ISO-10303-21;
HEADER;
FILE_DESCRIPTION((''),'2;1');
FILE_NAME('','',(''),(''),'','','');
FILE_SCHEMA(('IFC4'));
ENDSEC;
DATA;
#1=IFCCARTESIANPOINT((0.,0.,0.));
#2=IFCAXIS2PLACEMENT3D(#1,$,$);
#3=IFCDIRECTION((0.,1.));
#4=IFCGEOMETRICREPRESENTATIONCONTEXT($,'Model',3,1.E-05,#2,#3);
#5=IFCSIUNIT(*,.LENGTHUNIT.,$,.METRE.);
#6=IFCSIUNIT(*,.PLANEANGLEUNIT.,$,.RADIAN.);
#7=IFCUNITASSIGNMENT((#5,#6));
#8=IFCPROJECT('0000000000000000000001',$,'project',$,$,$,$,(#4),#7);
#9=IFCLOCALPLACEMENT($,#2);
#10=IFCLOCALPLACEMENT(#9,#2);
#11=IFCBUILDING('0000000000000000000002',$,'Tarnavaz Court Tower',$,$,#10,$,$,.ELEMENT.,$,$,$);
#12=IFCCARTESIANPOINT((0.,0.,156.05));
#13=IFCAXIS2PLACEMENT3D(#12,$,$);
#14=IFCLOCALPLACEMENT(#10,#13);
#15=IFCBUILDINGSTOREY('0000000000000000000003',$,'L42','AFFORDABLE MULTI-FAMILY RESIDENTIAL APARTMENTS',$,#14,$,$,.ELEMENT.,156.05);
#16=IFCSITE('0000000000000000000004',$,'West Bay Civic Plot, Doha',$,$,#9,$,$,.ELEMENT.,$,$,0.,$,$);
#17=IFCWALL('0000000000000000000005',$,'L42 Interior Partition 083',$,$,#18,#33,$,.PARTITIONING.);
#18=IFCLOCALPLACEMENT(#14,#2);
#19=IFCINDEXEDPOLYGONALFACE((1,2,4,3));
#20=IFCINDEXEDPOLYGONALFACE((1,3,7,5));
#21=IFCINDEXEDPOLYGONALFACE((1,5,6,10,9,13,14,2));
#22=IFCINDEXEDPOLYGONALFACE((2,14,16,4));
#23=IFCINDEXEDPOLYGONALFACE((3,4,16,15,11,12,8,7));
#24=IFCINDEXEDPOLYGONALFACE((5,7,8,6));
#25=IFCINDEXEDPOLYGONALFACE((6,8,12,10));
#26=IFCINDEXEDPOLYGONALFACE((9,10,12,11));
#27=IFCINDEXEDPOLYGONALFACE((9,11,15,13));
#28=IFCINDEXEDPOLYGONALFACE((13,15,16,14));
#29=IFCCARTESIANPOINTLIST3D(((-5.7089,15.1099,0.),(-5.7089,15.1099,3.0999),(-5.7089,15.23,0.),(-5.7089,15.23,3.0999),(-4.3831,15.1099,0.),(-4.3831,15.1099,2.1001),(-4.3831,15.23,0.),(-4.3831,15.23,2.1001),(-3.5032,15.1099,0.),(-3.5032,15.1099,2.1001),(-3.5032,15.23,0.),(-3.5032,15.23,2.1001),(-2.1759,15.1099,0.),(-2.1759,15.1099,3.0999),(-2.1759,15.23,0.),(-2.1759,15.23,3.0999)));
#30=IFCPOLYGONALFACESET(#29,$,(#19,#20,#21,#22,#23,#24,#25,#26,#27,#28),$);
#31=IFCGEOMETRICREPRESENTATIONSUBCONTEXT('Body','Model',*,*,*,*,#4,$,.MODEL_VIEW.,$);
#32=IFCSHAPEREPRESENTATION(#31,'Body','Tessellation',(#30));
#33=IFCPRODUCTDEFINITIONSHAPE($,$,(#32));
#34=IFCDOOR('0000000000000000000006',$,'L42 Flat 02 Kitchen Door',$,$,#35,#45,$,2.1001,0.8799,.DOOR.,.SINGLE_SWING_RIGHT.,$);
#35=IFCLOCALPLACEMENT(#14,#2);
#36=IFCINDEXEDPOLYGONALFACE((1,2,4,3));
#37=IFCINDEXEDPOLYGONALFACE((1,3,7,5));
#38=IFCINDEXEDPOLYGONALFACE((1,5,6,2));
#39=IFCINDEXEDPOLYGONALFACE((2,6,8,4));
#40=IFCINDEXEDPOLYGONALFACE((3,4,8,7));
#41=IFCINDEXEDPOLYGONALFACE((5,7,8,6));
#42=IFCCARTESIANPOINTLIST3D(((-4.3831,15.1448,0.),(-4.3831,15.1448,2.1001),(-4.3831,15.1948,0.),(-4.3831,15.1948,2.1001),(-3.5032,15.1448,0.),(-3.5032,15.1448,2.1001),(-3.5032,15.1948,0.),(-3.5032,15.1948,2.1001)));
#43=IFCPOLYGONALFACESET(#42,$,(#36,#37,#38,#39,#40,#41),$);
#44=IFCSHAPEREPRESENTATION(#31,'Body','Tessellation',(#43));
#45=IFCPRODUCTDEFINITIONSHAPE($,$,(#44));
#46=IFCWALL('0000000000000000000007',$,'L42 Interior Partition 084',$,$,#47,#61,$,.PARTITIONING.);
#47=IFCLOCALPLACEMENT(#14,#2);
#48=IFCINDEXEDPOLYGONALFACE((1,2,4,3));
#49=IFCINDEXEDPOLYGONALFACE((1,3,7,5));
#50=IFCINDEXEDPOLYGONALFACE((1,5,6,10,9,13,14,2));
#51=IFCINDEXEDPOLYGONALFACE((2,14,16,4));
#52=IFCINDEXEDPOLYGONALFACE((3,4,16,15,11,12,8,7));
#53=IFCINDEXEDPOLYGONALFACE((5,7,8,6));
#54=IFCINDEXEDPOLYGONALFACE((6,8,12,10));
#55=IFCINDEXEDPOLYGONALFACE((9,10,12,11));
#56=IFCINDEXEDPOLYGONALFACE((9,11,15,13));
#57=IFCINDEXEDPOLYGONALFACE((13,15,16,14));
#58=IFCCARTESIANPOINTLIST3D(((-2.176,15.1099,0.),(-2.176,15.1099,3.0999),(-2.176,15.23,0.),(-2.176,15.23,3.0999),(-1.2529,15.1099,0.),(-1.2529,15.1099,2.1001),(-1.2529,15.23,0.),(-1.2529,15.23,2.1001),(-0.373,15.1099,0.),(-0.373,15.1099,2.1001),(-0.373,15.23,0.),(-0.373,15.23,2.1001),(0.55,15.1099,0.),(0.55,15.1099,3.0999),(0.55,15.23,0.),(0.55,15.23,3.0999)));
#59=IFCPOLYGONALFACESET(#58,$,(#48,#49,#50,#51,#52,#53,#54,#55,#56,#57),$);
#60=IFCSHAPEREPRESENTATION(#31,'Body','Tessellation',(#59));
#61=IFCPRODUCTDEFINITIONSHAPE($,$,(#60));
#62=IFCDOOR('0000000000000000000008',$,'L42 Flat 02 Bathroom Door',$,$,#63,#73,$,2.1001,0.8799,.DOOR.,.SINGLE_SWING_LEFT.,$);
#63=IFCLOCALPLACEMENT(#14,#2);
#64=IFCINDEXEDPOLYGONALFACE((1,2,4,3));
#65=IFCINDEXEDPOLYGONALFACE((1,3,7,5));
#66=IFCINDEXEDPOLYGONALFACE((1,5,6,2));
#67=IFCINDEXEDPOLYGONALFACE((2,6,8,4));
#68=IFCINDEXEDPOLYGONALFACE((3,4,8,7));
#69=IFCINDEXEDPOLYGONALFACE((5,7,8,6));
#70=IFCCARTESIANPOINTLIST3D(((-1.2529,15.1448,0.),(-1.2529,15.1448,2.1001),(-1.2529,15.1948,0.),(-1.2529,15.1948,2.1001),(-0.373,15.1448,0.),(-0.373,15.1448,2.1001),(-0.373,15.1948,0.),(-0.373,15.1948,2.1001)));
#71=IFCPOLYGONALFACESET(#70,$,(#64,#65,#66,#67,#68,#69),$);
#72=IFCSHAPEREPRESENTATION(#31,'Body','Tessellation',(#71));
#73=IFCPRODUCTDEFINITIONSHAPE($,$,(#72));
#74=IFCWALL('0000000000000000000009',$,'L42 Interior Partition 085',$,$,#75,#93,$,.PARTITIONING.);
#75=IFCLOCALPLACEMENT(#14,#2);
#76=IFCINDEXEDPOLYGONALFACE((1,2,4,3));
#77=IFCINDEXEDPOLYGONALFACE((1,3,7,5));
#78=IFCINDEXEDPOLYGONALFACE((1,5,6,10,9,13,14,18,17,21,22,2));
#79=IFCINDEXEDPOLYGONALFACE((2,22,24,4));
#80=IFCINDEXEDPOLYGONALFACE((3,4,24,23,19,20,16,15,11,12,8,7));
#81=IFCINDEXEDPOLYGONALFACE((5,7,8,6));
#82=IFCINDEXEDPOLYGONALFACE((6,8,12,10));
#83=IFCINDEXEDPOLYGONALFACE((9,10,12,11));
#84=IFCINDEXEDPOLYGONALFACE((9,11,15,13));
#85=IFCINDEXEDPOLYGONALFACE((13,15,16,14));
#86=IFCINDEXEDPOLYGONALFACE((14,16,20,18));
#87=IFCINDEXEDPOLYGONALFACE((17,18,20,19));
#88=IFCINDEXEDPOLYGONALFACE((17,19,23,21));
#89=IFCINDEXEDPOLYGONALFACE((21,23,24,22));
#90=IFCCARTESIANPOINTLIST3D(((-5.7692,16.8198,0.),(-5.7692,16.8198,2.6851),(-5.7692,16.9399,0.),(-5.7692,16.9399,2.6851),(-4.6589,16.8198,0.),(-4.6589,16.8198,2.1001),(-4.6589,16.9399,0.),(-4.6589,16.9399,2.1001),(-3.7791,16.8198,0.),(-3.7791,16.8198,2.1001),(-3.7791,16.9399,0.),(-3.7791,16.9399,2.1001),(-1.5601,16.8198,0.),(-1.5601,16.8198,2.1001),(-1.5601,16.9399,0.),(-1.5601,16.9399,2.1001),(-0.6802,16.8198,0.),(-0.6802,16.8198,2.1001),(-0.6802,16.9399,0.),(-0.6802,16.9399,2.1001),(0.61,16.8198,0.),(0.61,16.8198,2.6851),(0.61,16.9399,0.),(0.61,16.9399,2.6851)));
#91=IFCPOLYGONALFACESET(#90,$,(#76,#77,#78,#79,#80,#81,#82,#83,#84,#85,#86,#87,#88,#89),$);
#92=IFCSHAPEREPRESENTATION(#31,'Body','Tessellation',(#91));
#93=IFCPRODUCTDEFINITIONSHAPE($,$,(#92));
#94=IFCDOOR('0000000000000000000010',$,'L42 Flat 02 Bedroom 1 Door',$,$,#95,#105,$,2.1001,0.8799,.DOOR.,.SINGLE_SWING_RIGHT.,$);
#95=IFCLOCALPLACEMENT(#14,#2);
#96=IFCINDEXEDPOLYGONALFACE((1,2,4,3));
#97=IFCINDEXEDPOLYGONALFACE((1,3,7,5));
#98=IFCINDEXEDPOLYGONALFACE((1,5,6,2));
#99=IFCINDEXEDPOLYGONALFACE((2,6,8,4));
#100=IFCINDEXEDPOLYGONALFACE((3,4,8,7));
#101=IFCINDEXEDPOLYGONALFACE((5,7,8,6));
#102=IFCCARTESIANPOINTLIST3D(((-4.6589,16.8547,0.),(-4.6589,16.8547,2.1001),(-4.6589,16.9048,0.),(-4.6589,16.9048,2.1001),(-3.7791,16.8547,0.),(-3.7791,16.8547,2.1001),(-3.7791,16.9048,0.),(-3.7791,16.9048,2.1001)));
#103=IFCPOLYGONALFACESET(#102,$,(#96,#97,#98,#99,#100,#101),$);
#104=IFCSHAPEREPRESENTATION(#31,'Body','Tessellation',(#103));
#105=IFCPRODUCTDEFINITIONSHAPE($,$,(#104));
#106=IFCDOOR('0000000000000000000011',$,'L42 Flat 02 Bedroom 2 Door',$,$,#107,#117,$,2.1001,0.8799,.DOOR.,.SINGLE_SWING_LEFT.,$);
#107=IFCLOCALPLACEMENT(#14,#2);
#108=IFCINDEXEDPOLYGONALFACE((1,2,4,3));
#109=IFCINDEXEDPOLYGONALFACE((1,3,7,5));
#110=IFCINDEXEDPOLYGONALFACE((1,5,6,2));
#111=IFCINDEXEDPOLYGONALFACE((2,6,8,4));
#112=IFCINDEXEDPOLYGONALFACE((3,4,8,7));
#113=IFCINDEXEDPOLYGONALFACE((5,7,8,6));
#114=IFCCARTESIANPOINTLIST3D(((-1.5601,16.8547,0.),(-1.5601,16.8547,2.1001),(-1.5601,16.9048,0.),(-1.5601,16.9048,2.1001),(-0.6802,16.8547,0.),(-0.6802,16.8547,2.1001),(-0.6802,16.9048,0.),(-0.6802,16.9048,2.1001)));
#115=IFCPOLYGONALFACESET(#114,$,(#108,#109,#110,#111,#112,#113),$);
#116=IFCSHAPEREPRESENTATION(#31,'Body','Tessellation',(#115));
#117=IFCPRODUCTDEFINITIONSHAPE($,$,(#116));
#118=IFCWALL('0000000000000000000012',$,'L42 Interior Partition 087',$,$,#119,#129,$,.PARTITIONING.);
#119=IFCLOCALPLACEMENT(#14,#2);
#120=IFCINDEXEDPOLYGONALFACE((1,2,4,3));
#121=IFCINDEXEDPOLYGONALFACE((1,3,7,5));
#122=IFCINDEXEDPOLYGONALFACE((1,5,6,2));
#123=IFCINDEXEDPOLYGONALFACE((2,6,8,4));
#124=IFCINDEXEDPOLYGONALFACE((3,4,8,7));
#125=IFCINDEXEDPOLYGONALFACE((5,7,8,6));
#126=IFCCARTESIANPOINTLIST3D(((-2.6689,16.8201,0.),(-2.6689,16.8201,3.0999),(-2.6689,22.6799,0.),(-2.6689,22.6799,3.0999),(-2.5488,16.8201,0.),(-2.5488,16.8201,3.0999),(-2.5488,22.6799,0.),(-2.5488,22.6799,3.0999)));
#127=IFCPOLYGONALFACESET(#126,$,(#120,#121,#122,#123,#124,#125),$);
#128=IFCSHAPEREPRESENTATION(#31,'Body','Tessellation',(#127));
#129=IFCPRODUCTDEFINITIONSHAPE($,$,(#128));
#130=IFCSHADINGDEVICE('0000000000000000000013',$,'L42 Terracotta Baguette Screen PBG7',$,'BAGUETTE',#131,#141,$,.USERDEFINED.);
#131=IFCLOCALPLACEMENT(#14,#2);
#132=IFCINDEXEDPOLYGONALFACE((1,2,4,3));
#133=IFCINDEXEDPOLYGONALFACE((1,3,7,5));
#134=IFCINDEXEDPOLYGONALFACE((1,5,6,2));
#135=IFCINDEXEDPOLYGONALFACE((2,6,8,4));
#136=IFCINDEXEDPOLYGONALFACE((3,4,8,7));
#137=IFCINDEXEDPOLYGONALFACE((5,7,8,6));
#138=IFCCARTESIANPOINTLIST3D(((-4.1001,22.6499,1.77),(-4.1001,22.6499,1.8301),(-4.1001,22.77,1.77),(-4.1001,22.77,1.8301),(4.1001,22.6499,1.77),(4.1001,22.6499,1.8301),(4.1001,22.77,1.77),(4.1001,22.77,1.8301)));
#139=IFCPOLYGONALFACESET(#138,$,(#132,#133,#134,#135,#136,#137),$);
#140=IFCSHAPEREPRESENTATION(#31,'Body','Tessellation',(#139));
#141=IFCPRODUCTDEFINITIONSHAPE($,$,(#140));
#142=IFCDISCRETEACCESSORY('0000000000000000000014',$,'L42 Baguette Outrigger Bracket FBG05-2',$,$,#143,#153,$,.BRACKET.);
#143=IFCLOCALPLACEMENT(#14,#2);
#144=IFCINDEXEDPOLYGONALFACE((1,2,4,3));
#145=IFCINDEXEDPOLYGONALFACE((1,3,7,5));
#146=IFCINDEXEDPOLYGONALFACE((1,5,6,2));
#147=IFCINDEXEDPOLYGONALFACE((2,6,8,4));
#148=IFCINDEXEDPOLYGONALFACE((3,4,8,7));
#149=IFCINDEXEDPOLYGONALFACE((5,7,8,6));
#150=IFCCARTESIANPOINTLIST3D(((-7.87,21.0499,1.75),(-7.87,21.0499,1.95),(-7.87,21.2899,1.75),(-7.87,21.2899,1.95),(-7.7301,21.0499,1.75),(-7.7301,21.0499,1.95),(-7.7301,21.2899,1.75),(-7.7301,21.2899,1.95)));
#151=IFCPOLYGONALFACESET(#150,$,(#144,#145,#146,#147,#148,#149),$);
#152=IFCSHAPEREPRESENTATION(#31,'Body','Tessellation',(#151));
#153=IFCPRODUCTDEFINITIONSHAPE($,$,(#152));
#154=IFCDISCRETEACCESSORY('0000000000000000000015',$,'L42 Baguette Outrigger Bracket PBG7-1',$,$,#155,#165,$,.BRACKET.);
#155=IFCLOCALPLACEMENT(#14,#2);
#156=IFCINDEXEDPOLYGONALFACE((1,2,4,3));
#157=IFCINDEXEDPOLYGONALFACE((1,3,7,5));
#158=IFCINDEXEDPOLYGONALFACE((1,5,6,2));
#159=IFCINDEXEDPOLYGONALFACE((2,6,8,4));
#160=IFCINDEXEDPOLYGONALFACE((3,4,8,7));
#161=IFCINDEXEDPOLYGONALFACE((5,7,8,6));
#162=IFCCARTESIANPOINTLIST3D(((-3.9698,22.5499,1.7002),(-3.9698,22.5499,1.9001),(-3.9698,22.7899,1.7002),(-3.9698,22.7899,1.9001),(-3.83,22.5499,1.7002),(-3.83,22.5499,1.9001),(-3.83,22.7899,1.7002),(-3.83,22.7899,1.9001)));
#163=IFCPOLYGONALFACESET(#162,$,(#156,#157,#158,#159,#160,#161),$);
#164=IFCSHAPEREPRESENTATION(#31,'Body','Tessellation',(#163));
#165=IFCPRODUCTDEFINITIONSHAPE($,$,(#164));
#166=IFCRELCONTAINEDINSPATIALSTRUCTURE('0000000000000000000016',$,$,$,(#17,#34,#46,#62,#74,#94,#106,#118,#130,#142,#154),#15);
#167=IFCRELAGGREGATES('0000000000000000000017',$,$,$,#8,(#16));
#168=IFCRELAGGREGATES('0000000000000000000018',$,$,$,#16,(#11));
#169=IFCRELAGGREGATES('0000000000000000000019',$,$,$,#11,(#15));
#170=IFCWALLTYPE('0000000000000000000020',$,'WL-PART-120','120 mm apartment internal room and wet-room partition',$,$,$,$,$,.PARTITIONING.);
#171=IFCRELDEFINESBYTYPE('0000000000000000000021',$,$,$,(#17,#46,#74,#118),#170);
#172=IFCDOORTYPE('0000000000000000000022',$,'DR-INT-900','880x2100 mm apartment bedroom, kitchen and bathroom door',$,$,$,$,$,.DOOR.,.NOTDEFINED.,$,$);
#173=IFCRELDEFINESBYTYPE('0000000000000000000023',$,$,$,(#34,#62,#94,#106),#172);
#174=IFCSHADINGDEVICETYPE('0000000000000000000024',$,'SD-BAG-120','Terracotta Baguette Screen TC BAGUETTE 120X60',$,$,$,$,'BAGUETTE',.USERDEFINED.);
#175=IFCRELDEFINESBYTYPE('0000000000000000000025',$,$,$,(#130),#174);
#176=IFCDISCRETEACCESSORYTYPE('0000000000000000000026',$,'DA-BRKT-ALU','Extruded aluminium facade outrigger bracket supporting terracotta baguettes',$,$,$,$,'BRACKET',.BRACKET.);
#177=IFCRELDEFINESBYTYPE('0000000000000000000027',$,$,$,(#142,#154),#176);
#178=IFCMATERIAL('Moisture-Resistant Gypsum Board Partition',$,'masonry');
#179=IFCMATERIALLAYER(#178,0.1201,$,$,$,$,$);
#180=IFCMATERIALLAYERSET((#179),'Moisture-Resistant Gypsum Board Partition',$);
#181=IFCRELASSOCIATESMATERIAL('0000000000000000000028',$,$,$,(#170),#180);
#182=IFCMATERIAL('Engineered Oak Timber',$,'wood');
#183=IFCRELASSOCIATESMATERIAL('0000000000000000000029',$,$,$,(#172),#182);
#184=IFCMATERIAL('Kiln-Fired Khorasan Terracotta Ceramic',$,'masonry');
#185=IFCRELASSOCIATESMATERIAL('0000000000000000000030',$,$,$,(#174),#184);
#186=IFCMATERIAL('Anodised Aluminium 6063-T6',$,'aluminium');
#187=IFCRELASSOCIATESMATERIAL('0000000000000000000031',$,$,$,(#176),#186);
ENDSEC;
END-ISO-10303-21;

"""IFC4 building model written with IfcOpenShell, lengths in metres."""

from ifc_helpers import new_model, si_unit, direction, frame, frame_2d, origin, origin_2d, place, context, subcontext, project, spatial, rectangle, extrude, material, layer, layer_set, material_profile, profile_set, type_object, element, fill, save


model = new_model("IFC4")

# Units and contexts
model_context = context("Model", 3, precision=1e-05, world=origin(), true_north=direction((0.0, 1.0)))
body_context = subcontext(model_context, "Body", "Model", "MODEL_VIEW")
ifc_project = project(units=[si_unit("LENGTHUNIT", "METRE"), si_unit("PLANEANGLEUNIT", "RADIAN")], contexts=[model_context])

# Site, building, storey
site_placement = place(None, origin())
site = spatial("IfcSite", under=ifc_project, at=site_placement, Name="West Bay Civic Plot, Doha", CompositionType="ELEMENT", RefElevation=0.0)
building_placement = place(site_placement, origin())
building = spatial("IfcBuilding", under=site, at=building_placement, Name="Tarnavaz Court Tower", CompositionType="ELEMENT")
storey_placement = place(building_placement, frame((0.0, 0.0, 156.05)))
storey = spatial("IfcBuildingStorey", under=building, at=storey_placement, Name="L42", Description="AFFORDABLE MULTI-FAMILY RESIDENTIAL APARTMENTS", CompositionType="ELEMENT", Elevation=156.05)

# Shared definitions
ifc_material_1 = material(Name="Anodised Aluminium 6063-T6", Category="aluminium")

# Walls, openings, doors
ifc_material_2 = material(Name="Moisture-Resistant Gypsum Board Partition", Category="masonry")
ifc_layer_1 = layer(ifc_material_2, 0.1201)
ifc_layer_set_1 = layer_set([ifc_layer_1], Name="Moisture-Resistant Gypsum Board Partition")
wall_type_1 = type_object("IfcWallType", Name="WL-PART-120", Description="120 mm apartment internal room and wet-room partition", PredefinedType="PARTITIONING", material=ifc_layer_set_1)
ifc_material_3 = material(Name="Engineered Oak Timber", Category="wood")
door_type = type_object("IfcDoorType", Name="DR-INT-900", Description="880x2100 mm apartment bedroom, kitchen and bathroom door", OperationType="NOTDEFINED", PredefinedType="DOOR", material=ifc_material_3)
wall_1_placement = place(storey_placement, frame((-5.709, 15.1699, 0.0), z_axis=(0.0, 0.0, 1.0), x_axis=(1.0, 0.0, 0.0)))
wall_1 = element("IfcWall", 1, at=wall_1_placement, inside=storey, type_object=wall_type_1, Name="L42 Interior Partition 083", PredefinedType="PARTITIONING", context=body_context, shape_type="SweptSolid", body=[
    extrude(rectangle(XDim=3.533, YDim=0.1201, at=frame_2d((1.7666, 0.0))), origin(), (0.0, 0.0, 1.0), 3.0999),
])
opening_1_placement = place(wall_1_placement, frame((1.3259, 0.0, 0.0)))
opening_1 = element("IfcOpeningElement", 2, at=opening_1_placement, cuts=wall_1, PredefinedType="OPENING", context=body_context, shape_type="SweptSolid", body=[
    extrude(rectangle(XDim=0.8799, YDim=2.1001, at=frame_2d((0.4399, 1.05))), frame((0.0, 0.0701, 0.0), z_axis=(0.0, -1.0, 0.0), x_axis=(1.0, 0.0, 0.0)), (0.0, 0.0, 1.0), 0.1401),
])
door_1_placement = place(opening_1_placement, origin())
door_1 = element("IfcDoor", 3, at=door_1_placement, inside=storey, type_object=door_type, Name="L42 Flat 02 Kitchen Door", OperationType="SINGLE_SWING_RIGHT", OverallHeight=2.1001, OverallWidth=0.8799, PredefinedType="DOOR", context=body_context, shape_type="SweptSolid", body=[
    extrude(rectangle(XDim=0.8799, YDim=2.1001, at=frame_2d((0.4399, 1.05))), frame((0.0, 0.0249, 0.0), z_axis=(0.0, -1.0, 0.0), x_axis=(1.0, 0.0, 0.0)), (0.0, 0.0, 1.0), 0.05),
])
fill(opening_1, door_1)
wall_2_placement = place(storey_placement, frame((-2.176, 15.1699, 0.0), z_axis=(0.0, 0.0, 1.0), x_axis=(1.0, 0.0, 0.0)))
wall_2 = element("IfcWall", 4, at=wall_2_placement, inside=storey, type_object=wall_type_1, Name="L42 Interior Partition 084", PredefinedType="PARTITIONING", context=body_context, shape_type="SweptSolid", body=[
    extrude(rectangle(XDim=2.7261, YDim=0.1201, at=frame_2d((1.363, 0.0))), origin(), (0.0, 0.0, 1.0), 3.0999),
])
opening_2_placement = place(wall_2_placement, frame((0.9231, 0.0, 0.0)))
opening_2 = element("IfcOpeningElement", 5, at=opening_2_placement, cuts=wall_2, PredefinedType="OPENING", context=body_context, shape_type="SweptSolid", body=[
    extrude(rectangle(XDim=0.8799, YDim=2.1001, at=frame_2d((0.4399, 1.05))), frame((0.0, 0.0701, 0.0), z_axis=(0.0, -1.0, 0.0), x_axis=(1.0, 0.0, 0.0)), (0.0, 0.0, 1.0), 0.1401),
])
door_2_placement = place(opening_2_placement, origin())
door_2 = element("IfcDoor", 6, at=door_2_placement, inside=storey, type_object=door_type, Name="L42 Flat 02 Bathroom Door", OperationType="SINGLE_SWING_LEFT", OverallHeight=2.1001, OverallWidth=0.8799, PredefinedType="DOOR", context=body_context, shape_type="SweptSolid", body=[
    extrude(rectangle(XDim=0.8799, YDim=2.1001, at=frame_2d((0.4399, 1.05))), frame((0.0, 0.0249, 0.0), z_axis=(0.0, -1.0, 0.0), x_axis=(1.0, 0.0, 0.0)), (0.0, 0.0, 1.0), 0.05),
])
fill(opening_2, door_2)

# Wall, openings, doors
wall_3_placement = place(storey_placement, frame((-5.769, 16.8799, 0.0), z_axis=(0.0, 0.0, 1.0), x_axis=(1.0, 0.0, 0.0)))
wall_3 = element("IfcWall", 7, at=wall_3_placement, inside=storey, type_object=wall_type_1, Name="L42 Interior Partition 085", PredefinedType="PARTITIONING", context=body_context, shape_type="SweptSolid", body=[
    extrude(rectangle(XDim=6.3792, YDim=0.1201, at=frame_2d((3.1895, 0.0))), origin(), (0.0, 0.0, 1.0), 2.6851),
])
opening_3_placement = place(wall_3_placement, frame((1.1101, 0.0, 0.0)))
opening_3 = element("IfcOpeningElement", 8, at=opening_3_placement, cuts=wall_3, PredefinedType="OPENING", context=body_context, shape_type="SweptSolid", body=[
    extrude(rectangle(XDim=0.8799, YDim=2.1001, at=frame_2d((0.4399, 1.05))), frame((0.0, 0.0701, 0.0), z_axis=(0.0, -1.0, 0.0), x_axis=(1.0, 0.0, 0.0)), (0.0, 0.0, 1.0), 0.1401),
])
opening_4_placement = place(wall_3_placement, frame((4.209, 0.0, 0.0)))
opening_4 = element("IfcOpeningElement", 9, at=opening_4_placement, cuts=wall_3, PredefinedType="OPENING", context=body_context, shape_type="SweptSolid", body=[
    extrude(rectangle(XDim=0.8799, YDim=2.1001, at=frame_2d((0.4399, 1.05))), frame((0.0, 0.0701, 0.0), z_axis=(0.0, -1.0, 0.0), x_axis=(1.0, 0.0, 0.0)), (0.0, 0.0, 1.0), 0.1401),
])
door_3_placement = place(opening_3_placement, origin())
door_3 = element("IfcDoor", 10, at=door_3_placement, inside=storey, type_object=door_type, Name="L42 Flat 02 Bedroom 1 Door", OperationType="SINGLE_SWING_RIGHT", OverallHeight=2.1001, OverallWidth=0.8799, PredefinedType="DOOR", context=body_context, shape_type="SweptSolid", body=[
    extrude(rectangle(XDim=0.8799, YDim=2.1001, at=frame_2d((0.4399, 1.05))), frame((0.0, 0.0249, 0.0), z_axis=(0.0, -1.0, 0.0), x_axis=(1.0, 0.0, 0.0)), (0.0, 0.0, 1.0), 0.05),
])
fill(opening_3, door_3)
door_4_placement = place(opening_4_placement, origin())
door_4 = element("IfcDoor", 11, at=door_4_placement, inside=storey, type_object=door_type, Name="L42 Flat 02 Bedroom 2 Door", OperationType="SINGLE_SWING_LEFT", OverallHeight=2.1001, OverallWidth=0.8799, PredefinedType="DOOR", context=body_context, shape_type="SweptSolid", body=[
    extrude(rectangle(XDim=0.8799, YDim=2.1001, at=frame_2d((0.4399, 1.05))), frame((0.0, 0.0249, 0.0), z_axis=(0.0, -1.0, 0.0), x_axis=(1.0, 0.0, 0.0)), (0.0, 0.0, 1.0), 0.05),
])
fill(opening_4, door_4)

# Wall
wall_4_placement = place(storey_placement, frame((-2.6089, 16.8201, 0.0), z_axis=(0.0, 0.0, 1.0), x_axis=(0.0, 1.0, 0.0)))
element("IfcWall", 12, at=wall_4_placement, inside=storey, type_object=wall_type_1, Name="L42 Interior Partition 087", PredefinedType="PARTITIONING", context=body_context, shape_type="SweptSolid", body=[
    extrude(rectangle(XDim=5.8599, YDim=0.1201, at=frame_2d((2.9299, 0.0))), origin(), (0.0, 0.0, 1.0), 3.0999),
])

# Shading device
ifc_material_4 = material(Name="Kiln-Fired Khorasan Terracotta Ceramic", Category="masonry")
ifc_material_profile_1 = material_profile(ifc_material_4, rectangle(XDim=0.1201, YDim=0.0601, at=origin_2d()), Name="TC BAGUETTE 120X60")
ifc_profile_set_1 = profile_set([ifc_material_profile_1], Name="Kiln-Fired Khorasan Terracotta Ceramic")
shading_device_type = type_object("IfcShadingDeviceType", Name="SD-BAG-120", Description="Terracotta Baguette Screen TC BAGUETTE 120X60", ElementType="BAGUETTE", PredefinedType="USERDEFINED", material=ifc_profile_set_1)
shading_device_placement = place(storey_placement, frame((-4.1001, 22.71, 1.8), z_axis=(1.0, 0.0, 0.0), x_axis=(0.0, 1.0, 0.0)))
element("IfcShadingDevice", 13, at=shading_device_placement, inside=storey, type_object=shading_device_type, Name="L42 Terracotta Baguette Screen PBG7", ObjectType="BAGUETTE", PredefinedType="USERDEFINED", context=body_context, shape_type="SweptSolid", body=[
    extrude(rectangle(XDim=0.1201, YDim=0.0601, at=origin_2d()), origin(), (0.0, 0.0, 1.0), 8.2002),
])

# Discrete accessories
discrete_accessory_type = type_object("IfcDiscreteAccessoryType", Name="DA-BRKT-ALU", Description="Extruded aluminium facade outrigger bracket supporting terracotta baguettes", ElementType="BRACKET", PredefinedType="BRACKET", material=ifc_material_1)
for number, where, z_axis, x_axis, name in (
    (14, (-7.8, 21.1699, 1.75), (0.0, 0.0, 1.0), (1.0, 0.0, 0.0), "L42 Baguette Outrigger Bracket FBG05-2"),
    (15, (-3.8999, 22.6699, 1.7002), (0.0, 0.0, 1.0), (1.0, 0.0, 0.0), "L42 Baguette Outrigger Bracket PBG7-1"),
):
    element("IfcDiscreteAccessory", number, at=place(storey_placement, frame(where, z_axis=z_axis, x_axis=x_axis)), inside=storey, type_object=discrete_accessory_type, Name=name, PredefinedType="BRACKET", context=body_context, shape_type="SweptSolid", body=[
        extrude(rectangle(XDim=0.1399, YDim=0.24, at=origin_2d()), origin(), (0.0, 0.0, 1.0), 0.2),
    ])

save(model, "model.ifc")
